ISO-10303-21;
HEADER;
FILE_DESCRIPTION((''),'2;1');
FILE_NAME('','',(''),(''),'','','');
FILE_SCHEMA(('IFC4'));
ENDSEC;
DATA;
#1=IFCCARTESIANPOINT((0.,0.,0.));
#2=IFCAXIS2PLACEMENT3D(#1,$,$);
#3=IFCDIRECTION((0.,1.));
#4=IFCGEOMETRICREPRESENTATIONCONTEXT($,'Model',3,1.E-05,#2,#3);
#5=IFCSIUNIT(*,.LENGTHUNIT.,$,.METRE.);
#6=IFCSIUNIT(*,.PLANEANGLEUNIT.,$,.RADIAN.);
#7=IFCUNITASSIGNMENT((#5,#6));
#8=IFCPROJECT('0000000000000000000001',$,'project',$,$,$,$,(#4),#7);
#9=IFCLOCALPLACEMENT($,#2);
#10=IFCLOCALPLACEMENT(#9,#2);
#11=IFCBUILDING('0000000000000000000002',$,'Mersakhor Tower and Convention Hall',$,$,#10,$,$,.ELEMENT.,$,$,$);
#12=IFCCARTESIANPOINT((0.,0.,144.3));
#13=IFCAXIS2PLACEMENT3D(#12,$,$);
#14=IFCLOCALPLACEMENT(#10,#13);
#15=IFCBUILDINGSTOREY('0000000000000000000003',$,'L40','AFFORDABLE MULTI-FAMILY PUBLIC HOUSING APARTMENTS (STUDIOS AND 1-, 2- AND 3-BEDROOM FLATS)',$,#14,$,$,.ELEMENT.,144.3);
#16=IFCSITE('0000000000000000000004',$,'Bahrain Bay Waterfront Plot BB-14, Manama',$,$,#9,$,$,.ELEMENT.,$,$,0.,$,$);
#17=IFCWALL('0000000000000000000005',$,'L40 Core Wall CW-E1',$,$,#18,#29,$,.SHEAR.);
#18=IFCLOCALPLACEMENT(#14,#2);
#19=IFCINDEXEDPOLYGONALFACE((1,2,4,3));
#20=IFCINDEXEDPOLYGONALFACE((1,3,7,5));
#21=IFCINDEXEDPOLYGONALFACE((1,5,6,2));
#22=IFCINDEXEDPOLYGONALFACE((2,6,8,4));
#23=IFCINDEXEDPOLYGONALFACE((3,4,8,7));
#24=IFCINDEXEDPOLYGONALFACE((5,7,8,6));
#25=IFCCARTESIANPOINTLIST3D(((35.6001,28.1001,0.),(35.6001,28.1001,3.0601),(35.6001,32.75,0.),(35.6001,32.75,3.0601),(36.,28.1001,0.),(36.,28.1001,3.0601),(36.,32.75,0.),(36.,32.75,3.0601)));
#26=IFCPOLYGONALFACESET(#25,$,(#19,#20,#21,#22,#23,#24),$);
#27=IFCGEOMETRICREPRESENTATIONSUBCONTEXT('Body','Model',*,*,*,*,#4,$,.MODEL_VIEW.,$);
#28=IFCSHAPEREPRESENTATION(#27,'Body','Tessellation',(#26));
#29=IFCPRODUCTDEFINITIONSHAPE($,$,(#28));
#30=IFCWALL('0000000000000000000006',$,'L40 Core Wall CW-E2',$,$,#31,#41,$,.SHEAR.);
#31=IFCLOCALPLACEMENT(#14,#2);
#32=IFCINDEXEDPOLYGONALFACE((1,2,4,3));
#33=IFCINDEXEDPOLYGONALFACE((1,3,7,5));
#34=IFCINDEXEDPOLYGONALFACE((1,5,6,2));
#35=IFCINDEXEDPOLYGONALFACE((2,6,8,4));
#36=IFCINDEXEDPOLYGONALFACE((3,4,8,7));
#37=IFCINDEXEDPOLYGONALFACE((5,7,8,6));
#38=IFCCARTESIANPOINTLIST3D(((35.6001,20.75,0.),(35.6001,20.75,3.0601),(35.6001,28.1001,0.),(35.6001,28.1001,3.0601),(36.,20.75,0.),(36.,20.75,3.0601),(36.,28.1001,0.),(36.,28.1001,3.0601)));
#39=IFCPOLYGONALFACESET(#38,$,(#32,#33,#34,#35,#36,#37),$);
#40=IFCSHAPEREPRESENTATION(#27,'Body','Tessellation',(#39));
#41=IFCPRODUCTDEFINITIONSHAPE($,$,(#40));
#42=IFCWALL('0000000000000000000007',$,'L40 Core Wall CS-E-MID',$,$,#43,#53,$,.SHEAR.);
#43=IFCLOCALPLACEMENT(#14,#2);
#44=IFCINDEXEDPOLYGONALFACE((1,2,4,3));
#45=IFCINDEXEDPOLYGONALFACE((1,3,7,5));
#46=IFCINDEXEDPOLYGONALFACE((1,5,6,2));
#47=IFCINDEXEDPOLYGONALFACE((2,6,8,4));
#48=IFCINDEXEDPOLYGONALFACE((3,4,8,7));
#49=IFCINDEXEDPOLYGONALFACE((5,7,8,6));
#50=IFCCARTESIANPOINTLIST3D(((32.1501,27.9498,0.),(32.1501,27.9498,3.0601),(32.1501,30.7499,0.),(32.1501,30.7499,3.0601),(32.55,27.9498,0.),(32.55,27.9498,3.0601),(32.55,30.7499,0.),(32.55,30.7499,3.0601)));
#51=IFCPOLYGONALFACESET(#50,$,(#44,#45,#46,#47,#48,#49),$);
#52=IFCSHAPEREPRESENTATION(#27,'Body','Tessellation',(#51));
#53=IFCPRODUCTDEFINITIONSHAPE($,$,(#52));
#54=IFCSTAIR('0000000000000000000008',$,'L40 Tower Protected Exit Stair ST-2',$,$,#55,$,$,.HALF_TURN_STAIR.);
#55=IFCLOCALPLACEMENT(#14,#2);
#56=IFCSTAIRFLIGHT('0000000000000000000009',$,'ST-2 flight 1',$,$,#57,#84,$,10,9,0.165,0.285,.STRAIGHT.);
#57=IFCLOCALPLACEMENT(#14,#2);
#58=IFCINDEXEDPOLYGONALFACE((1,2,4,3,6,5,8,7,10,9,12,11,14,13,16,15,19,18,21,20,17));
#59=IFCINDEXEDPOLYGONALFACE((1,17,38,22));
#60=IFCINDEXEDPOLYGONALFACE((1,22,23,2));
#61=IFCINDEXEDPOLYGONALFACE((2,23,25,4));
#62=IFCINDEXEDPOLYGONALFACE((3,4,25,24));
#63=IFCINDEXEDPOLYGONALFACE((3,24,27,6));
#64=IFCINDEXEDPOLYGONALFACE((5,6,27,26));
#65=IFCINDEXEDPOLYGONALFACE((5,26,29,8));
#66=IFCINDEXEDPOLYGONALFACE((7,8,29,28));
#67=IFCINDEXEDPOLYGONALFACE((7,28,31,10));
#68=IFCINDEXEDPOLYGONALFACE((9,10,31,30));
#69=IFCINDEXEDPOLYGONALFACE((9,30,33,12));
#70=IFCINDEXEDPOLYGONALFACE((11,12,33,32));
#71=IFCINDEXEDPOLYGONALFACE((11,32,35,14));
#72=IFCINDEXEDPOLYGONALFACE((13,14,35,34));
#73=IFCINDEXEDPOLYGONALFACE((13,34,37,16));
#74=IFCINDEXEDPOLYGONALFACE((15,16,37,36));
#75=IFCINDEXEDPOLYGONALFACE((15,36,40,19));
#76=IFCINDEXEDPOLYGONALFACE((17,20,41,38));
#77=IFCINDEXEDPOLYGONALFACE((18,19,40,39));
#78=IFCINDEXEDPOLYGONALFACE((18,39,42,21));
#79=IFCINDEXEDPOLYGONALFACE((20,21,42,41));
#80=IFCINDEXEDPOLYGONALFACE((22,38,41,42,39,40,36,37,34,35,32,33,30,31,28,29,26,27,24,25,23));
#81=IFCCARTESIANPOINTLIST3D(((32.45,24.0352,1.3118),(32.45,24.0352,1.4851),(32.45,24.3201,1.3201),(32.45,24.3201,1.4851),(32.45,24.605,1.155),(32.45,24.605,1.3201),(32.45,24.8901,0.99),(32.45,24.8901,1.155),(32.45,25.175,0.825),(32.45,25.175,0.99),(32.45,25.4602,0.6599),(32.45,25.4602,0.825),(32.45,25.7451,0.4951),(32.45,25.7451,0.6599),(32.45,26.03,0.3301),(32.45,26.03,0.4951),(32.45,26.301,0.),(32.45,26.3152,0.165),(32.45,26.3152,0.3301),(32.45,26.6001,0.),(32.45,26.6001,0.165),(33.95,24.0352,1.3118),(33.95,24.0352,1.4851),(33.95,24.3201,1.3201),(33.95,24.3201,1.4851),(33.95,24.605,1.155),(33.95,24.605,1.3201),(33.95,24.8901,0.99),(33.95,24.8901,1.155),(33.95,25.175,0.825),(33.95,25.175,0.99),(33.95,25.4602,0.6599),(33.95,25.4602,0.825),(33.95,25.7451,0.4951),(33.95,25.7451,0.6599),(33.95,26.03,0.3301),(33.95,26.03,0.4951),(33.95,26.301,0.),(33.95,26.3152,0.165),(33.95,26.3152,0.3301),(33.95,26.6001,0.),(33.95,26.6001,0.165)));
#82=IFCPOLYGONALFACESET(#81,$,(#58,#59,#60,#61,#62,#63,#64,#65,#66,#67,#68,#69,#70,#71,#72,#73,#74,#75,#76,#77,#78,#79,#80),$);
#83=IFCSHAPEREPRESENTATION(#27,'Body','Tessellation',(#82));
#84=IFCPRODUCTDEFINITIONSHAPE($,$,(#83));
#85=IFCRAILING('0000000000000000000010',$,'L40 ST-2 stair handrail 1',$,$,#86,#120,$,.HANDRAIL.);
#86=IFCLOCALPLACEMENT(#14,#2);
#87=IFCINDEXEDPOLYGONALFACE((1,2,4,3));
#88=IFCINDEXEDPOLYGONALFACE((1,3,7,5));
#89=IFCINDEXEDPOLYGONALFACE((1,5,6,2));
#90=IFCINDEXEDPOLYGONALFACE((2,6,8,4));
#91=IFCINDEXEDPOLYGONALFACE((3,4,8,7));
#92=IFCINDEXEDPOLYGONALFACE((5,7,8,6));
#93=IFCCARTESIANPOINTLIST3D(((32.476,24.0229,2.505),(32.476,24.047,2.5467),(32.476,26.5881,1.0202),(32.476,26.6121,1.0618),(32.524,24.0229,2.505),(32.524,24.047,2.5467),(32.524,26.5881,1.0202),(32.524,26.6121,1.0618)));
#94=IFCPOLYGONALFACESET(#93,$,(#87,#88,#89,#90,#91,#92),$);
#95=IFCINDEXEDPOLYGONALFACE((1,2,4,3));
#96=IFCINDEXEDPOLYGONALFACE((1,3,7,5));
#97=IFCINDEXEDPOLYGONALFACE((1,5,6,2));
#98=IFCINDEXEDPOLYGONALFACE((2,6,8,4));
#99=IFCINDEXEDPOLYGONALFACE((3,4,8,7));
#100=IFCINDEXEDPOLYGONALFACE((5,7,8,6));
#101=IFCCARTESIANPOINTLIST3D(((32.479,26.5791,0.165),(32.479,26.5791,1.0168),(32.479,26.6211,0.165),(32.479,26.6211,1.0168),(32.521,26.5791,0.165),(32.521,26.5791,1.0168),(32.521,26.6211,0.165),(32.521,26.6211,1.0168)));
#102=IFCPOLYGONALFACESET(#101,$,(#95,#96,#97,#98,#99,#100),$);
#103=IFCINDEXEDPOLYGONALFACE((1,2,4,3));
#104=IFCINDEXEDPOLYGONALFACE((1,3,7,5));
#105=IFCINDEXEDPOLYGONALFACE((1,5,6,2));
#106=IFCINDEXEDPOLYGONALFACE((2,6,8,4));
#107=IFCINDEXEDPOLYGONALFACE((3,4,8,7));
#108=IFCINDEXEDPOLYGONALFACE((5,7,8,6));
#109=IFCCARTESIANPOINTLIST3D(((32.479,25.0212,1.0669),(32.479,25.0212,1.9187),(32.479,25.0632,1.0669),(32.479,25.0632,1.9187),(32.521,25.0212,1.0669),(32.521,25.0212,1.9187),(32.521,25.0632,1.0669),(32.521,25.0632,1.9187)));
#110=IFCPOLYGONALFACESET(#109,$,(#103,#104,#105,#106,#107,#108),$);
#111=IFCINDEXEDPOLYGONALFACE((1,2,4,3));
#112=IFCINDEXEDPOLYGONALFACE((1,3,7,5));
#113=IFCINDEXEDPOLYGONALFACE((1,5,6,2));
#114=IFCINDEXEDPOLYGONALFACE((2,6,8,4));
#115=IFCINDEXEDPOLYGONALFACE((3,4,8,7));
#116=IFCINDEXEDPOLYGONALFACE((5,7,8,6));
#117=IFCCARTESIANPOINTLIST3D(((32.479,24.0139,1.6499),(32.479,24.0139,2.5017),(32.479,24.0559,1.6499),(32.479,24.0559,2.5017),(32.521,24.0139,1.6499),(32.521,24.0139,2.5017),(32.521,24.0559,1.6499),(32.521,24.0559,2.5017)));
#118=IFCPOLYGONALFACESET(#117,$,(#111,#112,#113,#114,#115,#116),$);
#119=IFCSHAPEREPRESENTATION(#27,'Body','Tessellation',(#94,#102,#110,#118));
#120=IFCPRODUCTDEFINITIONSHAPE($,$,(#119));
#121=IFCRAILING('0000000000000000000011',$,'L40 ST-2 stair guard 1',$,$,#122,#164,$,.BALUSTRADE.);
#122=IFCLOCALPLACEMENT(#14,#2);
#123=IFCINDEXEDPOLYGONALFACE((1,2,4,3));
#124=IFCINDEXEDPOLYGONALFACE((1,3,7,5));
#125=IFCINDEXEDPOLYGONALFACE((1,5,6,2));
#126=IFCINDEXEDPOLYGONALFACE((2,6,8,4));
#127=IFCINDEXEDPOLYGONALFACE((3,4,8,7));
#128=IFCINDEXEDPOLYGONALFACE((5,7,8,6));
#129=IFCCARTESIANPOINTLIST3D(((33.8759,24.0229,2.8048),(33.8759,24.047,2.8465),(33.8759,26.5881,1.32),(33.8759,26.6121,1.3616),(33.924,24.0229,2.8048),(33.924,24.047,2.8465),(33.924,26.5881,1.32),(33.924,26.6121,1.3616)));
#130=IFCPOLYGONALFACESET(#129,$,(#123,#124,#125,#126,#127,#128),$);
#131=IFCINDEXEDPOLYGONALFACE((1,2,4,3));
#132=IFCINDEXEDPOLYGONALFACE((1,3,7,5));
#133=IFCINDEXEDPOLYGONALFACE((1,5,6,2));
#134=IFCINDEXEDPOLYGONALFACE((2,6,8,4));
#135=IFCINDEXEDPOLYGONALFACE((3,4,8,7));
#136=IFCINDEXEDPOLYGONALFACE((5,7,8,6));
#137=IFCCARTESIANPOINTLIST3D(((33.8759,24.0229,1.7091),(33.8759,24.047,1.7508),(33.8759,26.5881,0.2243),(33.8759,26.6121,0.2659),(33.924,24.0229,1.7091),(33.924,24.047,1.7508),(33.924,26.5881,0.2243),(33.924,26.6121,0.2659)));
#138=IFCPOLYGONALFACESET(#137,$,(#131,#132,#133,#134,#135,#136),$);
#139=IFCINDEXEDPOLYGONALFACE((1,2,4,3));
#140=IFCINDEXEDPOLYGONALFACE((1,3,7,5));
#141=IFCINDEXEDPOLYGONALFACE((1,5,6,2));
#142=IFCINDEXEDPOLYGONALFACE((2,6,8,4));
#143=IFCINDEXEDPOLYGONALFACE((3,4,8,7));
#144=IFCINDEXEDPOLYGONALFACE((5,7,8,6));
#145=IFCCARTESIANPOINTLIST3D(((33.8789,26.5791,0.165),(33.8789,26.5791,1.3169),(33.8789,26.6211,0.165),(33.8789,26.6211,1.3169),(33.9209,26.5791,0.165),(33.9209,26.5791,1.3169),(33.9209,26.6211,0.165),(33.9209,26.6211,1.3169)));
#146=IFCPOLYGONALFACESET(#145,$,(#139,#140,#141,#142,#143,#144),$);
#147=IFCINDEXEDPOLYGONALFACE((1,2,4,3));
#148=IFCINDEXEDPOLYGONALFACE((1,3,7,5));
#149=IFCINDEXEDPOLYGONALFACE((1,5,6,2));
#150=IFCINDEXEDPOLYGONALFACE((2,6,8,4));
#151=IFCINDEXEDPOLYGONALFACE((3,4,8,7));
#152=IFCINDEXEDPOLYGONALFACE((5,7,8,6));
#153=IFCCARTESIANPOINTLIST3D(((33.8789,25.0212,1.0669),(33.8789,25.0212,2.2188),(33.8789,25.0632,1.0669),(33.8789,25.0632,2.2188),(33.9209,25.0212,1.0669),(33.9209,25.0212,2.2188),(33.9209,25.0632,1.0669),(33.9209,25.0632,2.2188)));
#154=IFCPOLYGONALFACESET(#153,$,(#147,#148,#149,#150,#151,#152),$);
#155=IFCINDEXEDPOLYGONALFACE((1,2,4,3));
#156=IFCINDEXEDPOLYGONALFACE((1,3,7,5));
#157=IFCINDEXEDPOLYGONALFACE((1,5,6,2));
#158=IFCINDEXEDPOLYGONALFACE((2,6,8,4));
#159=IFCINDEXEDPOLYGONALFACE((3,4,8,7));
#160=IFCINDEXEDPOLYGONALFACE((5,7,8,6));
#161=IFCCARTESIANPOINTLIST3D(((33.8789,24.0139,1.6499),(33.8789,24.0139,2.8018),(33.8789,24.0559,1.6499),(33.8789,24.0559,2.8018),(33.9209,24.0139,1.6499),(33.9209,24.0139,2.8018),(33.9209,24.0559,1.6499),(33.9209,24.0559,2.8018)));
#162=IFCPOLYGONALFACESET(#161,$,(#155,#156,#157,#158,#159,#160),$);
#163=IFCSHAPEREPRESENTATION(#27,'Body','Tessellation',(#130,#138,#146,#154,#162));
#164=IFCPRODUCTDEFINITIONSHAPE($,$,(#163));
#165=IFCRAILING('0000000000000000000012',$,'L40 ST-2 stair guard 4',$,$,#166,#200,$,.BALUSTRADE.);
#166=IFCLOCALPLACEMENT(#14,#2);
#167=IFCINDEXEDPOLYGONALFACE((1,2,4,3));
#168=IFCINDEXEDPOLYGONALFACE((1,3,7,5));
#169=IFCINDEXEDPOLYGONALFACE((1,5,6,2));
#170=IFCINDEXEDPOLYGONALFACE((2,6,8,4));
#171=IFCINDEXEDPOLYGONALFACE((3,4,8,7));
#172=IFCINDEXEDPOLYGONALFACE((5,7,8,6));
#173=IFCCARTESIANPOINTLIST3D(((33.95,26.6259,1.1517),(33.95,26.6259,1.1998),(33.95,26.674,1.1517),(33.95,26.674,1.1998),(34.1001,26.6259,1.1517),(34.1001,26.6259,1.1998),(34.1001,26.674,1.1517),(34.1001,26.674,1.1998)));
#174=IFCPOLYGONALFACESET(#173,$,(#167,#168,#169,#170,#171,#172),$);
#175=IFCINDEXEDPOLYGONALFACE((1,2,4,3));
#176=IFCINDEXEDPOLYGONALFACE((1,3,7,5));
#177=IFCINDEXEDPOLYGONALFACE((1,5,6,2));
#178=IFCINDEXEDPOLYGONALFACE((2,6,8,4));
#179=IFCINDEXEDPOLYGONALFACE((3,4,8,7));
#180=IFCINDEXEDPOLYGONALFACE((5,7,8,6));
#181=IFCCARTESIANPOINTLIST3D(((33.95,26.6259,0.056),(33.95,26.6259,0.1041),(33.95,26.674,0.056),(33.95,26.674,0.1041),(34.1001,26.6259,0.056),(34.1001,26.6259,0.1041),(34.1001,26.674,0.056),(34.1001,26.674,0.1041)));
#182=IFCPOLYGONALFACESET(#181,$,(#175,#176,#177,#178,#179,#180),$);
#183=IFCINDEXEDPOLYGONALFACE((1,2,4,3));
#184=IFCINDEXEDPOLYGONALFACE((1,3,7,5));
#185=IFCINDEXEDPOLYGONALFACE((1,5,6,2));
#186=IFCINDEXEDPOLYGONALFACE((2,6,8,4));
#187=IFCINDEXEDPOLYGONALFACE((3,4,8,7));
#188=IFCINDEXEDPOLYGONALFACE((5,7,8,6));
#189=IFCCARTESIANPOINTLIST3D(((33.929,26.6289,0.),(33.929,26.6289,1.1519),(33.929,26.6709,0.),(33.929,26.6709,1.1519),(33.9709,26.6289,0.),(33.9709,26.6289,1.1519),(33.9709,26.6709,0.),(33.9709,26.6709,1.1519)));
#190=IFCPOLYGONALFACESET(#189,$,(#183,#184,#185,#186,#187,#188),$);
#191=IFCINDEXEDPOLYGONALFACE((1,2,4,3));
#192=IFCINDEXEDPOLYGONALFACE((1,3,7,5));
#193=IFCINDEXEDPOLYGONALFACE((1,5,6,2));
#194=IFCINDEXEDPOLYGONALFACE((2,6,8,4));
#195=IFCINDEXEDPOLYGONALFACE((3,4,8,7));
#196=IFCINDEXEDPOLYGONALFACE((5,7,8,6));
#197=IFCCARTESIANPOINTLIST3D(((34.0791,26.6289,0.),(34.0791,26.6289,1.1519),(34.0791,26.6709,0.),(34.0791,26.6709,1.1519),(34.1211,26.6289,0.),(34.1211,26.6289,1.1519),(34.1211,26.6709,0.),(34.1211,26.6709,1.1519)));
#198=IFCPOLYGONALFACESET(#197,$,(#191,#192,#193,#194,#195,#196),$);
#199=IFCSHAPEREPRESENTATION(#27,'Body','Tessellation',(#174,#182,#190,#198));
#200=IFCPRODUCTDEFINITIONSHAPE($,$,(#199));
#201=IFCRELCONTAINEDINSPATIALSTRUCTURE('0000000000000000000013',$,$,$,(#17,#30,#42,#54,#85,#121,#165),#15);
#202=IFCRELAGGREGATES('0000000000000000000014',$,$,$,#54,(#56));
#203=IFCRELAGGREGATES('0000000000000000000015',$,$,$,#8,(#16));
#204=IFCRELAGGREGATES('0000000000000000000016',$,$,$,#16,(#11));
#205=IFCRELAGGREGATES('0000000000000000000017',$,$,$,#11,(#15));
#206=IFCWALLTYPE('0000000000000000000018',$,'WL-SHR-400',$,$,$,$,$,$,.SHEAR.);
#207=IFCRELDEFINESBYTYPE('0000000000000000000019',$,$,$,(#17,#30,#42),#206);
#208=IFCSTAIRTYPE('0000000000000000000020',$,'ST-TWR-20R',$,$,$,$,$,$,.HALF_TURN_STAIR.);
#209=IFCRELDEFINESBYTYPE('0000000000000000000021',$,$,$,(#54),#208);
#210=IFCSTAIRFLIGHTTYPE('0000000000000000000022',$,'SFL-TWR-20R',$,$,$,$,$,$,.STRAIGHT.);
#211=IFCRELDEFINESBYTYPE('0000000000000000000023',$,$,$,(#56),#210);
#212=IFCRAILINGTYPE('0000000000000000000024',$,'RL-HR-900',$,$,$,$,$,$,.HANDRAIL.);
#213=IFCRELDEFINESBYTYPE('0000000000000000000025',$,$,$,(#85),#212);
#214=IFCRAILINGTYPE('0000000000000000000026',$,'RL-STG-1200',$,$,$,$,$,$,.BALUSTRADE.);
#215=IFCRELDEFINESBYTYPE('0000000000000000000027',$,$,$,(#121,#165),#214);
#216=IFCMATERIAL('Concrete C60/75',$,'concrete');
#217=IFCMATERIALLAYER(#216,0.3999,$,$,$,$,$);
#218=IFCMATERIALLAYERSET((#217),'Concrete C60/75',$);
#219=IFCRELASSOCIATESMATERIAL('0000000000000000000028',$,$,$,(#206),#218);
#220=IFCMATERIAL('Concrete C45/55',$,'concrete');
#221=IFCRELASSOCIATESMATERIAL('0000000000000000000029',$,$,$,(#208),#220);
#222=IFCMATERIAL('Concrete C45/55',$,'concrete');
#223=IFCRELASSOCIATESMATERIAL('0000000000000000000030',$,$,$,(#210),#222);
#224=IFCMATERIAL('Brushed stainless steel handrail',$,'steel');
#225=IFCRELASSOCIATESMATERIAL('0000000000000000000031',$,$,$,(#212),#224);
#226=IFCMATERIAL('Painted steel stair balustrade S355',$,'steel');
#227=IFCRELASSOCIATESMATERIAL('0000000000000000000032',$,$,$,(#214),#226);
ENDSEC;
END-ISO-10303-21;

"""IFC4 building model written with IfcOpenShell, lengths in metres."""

from ifc_helpers import new_model, si_unit, direction, frame, frame_2d, origin, origin_2d, place, context, subcontext, project, spatial, polyline, rectangle, outline, extrude, material, layer, layer_set, type_object, element, aggregate, save


model = new_model("IFC4")

# Units and contexts
model_context = context("Model", 3, precision=1e-05, world=origin(), true_north=direction((0.0, 1.0)))
body_context = subcontext(model_context, "Body", "Model", "MODEL_VIEW")
ifc_project = project(units=[si_unit("LENGTHUNIT", "METRE"), si_unit("PLANEANGLEUNIT", "RADIAN")], contexts=[model_context])

# Site, building, storey
site_placement = place(None, origin())
site = spatial("IfcSite", under=ifc_project, at=site_placement, Name="Bahrain Bay Waterfront Plot BB-14, Manama", CompositionType="ELEMENT", RefElevation=0.0)
building_placement = place(site_placement, origin())
building = spatial("IfcBuilding", under=site, at=building_placement, Name="Mersakhor Tower and Convention Hall", CompositionType="ELEMENT")
storey_placement = place(building_placement, frame((0.0, 0.0, 144.3)))
storey = spatial("IfcBuildingStorey", under=building, at=storey_placement, Name="L40", Description="AFFORDABLE MULTI-FAMILY PUBLIC HOUSING APARTMENTS (STUDIOS AND 1-, 2- AND 3-BEDROOM FLATS)", CompositionType="ELEMENT", Elevation=144.3)

# Shared definitions
ifc_material_1 = material(Name="Concrete C60/75", Category="concrete")
ifc_layer_1 = layer(ifc_material_1, 0.3999)
ifc_layer_set_1 = layer_set([ifc_layer_1], Name="Concrete C60/75")
wall_type_1 = type_object("IfcWallType", Name="WL-SHR-400", PredefinedType="SHEAR", material=ifc_layer_set_1)

# Walls
wall_1_placement = place(storey_placement, frame((35.8, 32.75, 0.0), z_axis=(0.0, 0.0, 1.0), x_axis=(0.0, -1.0, 0.0)))
element("IfcWall", 1, at=wall_1_placement, inside=storey, type_object=wall_type_1, Name="L40 Core Wall CW-E1", PredefinedType="SHEAR", context=body_context, shape_type="SweptSolid", body=[
    extrude(rectangle(XDim=4.6499, YDim=0.3999, at=frame_2d((2.325, 0.0))), origin(), (0.0, 0.0, 1.0), 3.0601),
])
wall_2_placement = place(storey_placement, frame((35.8, 28.1001, 0.0), z_axis=(0.0, 0.0, 1.0), x_axis=(0.0, -1.0, 0.0)))
element("IfcWall", 2, at=wall_2_placement, inside=storey, type_object=wall_type_1, Name="L40 Core Wall CW-E2", PredefinedType="SHEAR", context=body_context, shape_type="SweptSolid", body=[
    extrude(rectangle(XDim=7.3501, YDim=0.3999, at=frame_2d((3.675, 0.0))), origin(), (0.0, 0.0, 1.0), 3.0601),
])
wall_3_placement = place(storey_placement, frame((32.3501, 27.95, 0.0), z_axis=(0.0, 0.0, 1.0), x_axis=(0.0, 1.0, 0.0)))
element("IfcWall", 3, at=wall_3_placement, inside=storey, type_object=wall_type_1, Name="L40 Core Wall CS-E-MID", PredefinedType="SHEAR", context=body_context, shape_type="SweptSolid", body=[
    extrude(rectangle(XDim=2.8, YDim=0.3999, at=frame_2d((1.3999, 0.0))), origin(), (0.0, 0.0, 1.0), 3.0601),
])

# Stair, stair flight
ifc_material_2 = material(Name="Concrete C45/55", Category="concrete")
stair_type = type_object("IfcStairType", Name="ST-TWR-20R", PredefinedType="HALF_TURN_STAIR", material=ifc_material_2)
stair_placement = place(storey_placement, origin())
stair = element("IfcStair", 4, at=stair_placement, inside=storey, type_object=stair_type, Name="L40 Tower Protected Exit Stair ST-2", PredefinedType="HALF_TURN_STAIR")
ifc_material_3 = material(Name="Concrete C45/55", Category="concrete")
stair_flight_type = type_object("IfcStairFlightType", Name="SFL-TWR-20R", PredefinedType="STRAIGHT", material=ifc_material_3)
stair_flight_placement = place(storey_placement, frame((33.2, 26.6001, 0.0), z_axis=(0.0, 0.0, 1.0), x_axis=(0.0, -1.0, 0.0)))
stair_flight = element("IfcStairFlight", 5, at=stair_flight_placement, type_object=stair_flight_type, Name="ST-2 flight 1", NumberOfRisers=10, NumberOfTreads=9, PredefinedType="STRAIGHT", RiserHeight=0.165, TreadLength=0.285, context=body_context, shape_type="SweptSolid", body=[
    extrude(outline(polyline([(0.0, 0.0), (0.0, 0.165), (0.2849, 0.165), (0.2849, 0.3301), (0.5701, 0.3301), (0.5701, 0.4951), (0.855, 0.4951), (0.855, 0.6599), (1.1399, 0.6599), (1.1399, 0.825), (1.425, 0.825), (1.425, 0.99), (1.71, 0.99), (1.71, 1.155), (1.9951, 1.155), (1.9951, 1.3201), (2.28, 1.3201), (2.28, 1.4851), (2.5649, 1.4851), (2.5649, 1.6499), (2.5649, 1.3118), (0.2991, 0.0), (0.0, 0.0)])), frame((0.0, 0.75, 0.0), z_axis=(0.0, -1.0, 0.0), x_axis=(1.0, 0.0, 0.0)), (0.0, 0.0, 1.0), 1.5),
])
aggregate(stair, [stair_flight])

# Railings
ifc_material_4 = material(Name="Brushed stainless steel handrail", Category="steel")
railing_type_1 = type_object("IfcRailingType", Name="RL-HR-900", PredefinedType="HANDRAIL", material=ifc_material_4)
railing_1_placement = place(storey_placement, frame((32.5, 26.6001, 0.165)))
element("IfcRailing", 6, at=railing_1_placement, inside=storey, type_object=railing_type_1, Name="L40 ST-2 stair handrail 1", PredefinedType="HANDRAIL", context=body_context, shape_type="SweptSolid", body=[
    extrude(rectangle(XDim=0.0481, YDim=0.0481, at=origin_2d()), frame((0.0, 0.0, 0.876), z_axis=(0.0, -0.865462, 0.500975), x_axis=(1.0, 0.0, 0.0)), (0.0, 0.0, 1.0), 2.9639),
    extrude(rectangle(XDim=0.042, YDim=0.042, at=origin_2d()), origin(), (0.0, 0.0, 1.0), 0.8518),
    extrude(rectangle(XDim=0.042, YDim=0.042, at=origin_2d()), frame((0.0, -1.5579, 0.9019)), (0.0, 0.0, 1.0), 0.8518),
    extrude(rectangle(XDim=0.042, YDim=0.042, at=origin_2d()), frame((0.0, -2.5652, 1.4849)), (0.0, 0.0, 1.0), 0.8518),
])
ifc_material_5 = material(Name="Painted steel stair balustrade S355", Category="steel")
railing_type_2 = type_object("IfcRailingType", Name="RL-STG-1200", PredefinedType="BALUSTRADE", material=ifc_material_5)
railing_2_placement = place(storey_placement, frame((33.8999, 26.6001, 0.165)))
element("IfcRailing", 7, at=railing_2_placement, inside=storey, type_object=railing_type_2, Name="L40 ST-2 stair guard 1", PredefinedType="BALUSTRADE", context=body_context, shape_type="SweptSolid", body=[
    extrude(rectangle(XDim=0.0481, YDim=0.0481, at=origin_2d()), frame((0.0, 0.0, 1.1758), z_axis=(0.0, -0.865462, 0.500975), x_axis=(1.0, 0.0, 0.0)), (0.0, 0.0, 1.0), 2.9639),
    extrude(rectangle(XDim=0.0481, YDim=0.0481, at=origin_2d()), frame((0.0, 0.0, 0.0801), z_axis=(0.0, -0.865462, 0.500975), x_axis=(1.0, 0.0, 0.0)), (0.0, 0.0, 1.0), 2.9639),
    extrude(rectangle(XDim=0.042, YDim=0.042, at=origin_2d()), origin(), (0.0, 0.0, 1.0), 1.1519),
    extrude(rectangle(XDim=0.042, YDim=0.042, at=origin_2d()), frame((0.0, -1.5579, 0.9019)), (0.0, 0.0, 1.0), 1.1519),
    extrude(rectangle(XDim=0.042, YDim=0.042, at=origin_2d()), frame((0.0, -2.5652, 1.4849)), (0.0, 0.0, 1.0), 1.1519),
])
railing_3_placement = place(storey_placement, frame((33.95, 26.6499, 0.0)))
element("IfcRailing", 8, at=railing_3_placement, inside=storey, type_object=railing_type_2, Name="L40 ST-2 stair guard 4", PredefinedType="BALUSTRADE", context=body_context, shape_type="SweptSolid", body=[
    extrude(rectangle(XDim=0.0481, YDim=0.0481, at=origin_2d()), frame((0.0, 0.0, 1.1758), z_axis=(1.0, 0.0, 0.0), x_axis=(0.0, 1.0, 0.0)), (0.0, 0.0, 1.0), 0.1501),
    extrude(rectangle(XDim=0.0481, YDim=0.0481, at=origin_2d()), frame((0.0, 0.0, 0.0801), z_axis=(1.0, 0.0, 0.0), x_axis=(0.0, 1.0, 0.0)), (0.0, 0.0, 1.0), 0.1501),
    extrude(rectangle(XDim=0.042, YDim=0.042, at=origin_2d()), origin(), (0.0, 0.0, 1.0), 1.1519),
    extrude(rectangle(XDim=0.042, YDim=0.042, at=origin_2d()), frame((0.1501, 0.0, 0.0)), (0.0, 0.0, 1.0), 1.1519),
])

save(model, "model.ifc")
